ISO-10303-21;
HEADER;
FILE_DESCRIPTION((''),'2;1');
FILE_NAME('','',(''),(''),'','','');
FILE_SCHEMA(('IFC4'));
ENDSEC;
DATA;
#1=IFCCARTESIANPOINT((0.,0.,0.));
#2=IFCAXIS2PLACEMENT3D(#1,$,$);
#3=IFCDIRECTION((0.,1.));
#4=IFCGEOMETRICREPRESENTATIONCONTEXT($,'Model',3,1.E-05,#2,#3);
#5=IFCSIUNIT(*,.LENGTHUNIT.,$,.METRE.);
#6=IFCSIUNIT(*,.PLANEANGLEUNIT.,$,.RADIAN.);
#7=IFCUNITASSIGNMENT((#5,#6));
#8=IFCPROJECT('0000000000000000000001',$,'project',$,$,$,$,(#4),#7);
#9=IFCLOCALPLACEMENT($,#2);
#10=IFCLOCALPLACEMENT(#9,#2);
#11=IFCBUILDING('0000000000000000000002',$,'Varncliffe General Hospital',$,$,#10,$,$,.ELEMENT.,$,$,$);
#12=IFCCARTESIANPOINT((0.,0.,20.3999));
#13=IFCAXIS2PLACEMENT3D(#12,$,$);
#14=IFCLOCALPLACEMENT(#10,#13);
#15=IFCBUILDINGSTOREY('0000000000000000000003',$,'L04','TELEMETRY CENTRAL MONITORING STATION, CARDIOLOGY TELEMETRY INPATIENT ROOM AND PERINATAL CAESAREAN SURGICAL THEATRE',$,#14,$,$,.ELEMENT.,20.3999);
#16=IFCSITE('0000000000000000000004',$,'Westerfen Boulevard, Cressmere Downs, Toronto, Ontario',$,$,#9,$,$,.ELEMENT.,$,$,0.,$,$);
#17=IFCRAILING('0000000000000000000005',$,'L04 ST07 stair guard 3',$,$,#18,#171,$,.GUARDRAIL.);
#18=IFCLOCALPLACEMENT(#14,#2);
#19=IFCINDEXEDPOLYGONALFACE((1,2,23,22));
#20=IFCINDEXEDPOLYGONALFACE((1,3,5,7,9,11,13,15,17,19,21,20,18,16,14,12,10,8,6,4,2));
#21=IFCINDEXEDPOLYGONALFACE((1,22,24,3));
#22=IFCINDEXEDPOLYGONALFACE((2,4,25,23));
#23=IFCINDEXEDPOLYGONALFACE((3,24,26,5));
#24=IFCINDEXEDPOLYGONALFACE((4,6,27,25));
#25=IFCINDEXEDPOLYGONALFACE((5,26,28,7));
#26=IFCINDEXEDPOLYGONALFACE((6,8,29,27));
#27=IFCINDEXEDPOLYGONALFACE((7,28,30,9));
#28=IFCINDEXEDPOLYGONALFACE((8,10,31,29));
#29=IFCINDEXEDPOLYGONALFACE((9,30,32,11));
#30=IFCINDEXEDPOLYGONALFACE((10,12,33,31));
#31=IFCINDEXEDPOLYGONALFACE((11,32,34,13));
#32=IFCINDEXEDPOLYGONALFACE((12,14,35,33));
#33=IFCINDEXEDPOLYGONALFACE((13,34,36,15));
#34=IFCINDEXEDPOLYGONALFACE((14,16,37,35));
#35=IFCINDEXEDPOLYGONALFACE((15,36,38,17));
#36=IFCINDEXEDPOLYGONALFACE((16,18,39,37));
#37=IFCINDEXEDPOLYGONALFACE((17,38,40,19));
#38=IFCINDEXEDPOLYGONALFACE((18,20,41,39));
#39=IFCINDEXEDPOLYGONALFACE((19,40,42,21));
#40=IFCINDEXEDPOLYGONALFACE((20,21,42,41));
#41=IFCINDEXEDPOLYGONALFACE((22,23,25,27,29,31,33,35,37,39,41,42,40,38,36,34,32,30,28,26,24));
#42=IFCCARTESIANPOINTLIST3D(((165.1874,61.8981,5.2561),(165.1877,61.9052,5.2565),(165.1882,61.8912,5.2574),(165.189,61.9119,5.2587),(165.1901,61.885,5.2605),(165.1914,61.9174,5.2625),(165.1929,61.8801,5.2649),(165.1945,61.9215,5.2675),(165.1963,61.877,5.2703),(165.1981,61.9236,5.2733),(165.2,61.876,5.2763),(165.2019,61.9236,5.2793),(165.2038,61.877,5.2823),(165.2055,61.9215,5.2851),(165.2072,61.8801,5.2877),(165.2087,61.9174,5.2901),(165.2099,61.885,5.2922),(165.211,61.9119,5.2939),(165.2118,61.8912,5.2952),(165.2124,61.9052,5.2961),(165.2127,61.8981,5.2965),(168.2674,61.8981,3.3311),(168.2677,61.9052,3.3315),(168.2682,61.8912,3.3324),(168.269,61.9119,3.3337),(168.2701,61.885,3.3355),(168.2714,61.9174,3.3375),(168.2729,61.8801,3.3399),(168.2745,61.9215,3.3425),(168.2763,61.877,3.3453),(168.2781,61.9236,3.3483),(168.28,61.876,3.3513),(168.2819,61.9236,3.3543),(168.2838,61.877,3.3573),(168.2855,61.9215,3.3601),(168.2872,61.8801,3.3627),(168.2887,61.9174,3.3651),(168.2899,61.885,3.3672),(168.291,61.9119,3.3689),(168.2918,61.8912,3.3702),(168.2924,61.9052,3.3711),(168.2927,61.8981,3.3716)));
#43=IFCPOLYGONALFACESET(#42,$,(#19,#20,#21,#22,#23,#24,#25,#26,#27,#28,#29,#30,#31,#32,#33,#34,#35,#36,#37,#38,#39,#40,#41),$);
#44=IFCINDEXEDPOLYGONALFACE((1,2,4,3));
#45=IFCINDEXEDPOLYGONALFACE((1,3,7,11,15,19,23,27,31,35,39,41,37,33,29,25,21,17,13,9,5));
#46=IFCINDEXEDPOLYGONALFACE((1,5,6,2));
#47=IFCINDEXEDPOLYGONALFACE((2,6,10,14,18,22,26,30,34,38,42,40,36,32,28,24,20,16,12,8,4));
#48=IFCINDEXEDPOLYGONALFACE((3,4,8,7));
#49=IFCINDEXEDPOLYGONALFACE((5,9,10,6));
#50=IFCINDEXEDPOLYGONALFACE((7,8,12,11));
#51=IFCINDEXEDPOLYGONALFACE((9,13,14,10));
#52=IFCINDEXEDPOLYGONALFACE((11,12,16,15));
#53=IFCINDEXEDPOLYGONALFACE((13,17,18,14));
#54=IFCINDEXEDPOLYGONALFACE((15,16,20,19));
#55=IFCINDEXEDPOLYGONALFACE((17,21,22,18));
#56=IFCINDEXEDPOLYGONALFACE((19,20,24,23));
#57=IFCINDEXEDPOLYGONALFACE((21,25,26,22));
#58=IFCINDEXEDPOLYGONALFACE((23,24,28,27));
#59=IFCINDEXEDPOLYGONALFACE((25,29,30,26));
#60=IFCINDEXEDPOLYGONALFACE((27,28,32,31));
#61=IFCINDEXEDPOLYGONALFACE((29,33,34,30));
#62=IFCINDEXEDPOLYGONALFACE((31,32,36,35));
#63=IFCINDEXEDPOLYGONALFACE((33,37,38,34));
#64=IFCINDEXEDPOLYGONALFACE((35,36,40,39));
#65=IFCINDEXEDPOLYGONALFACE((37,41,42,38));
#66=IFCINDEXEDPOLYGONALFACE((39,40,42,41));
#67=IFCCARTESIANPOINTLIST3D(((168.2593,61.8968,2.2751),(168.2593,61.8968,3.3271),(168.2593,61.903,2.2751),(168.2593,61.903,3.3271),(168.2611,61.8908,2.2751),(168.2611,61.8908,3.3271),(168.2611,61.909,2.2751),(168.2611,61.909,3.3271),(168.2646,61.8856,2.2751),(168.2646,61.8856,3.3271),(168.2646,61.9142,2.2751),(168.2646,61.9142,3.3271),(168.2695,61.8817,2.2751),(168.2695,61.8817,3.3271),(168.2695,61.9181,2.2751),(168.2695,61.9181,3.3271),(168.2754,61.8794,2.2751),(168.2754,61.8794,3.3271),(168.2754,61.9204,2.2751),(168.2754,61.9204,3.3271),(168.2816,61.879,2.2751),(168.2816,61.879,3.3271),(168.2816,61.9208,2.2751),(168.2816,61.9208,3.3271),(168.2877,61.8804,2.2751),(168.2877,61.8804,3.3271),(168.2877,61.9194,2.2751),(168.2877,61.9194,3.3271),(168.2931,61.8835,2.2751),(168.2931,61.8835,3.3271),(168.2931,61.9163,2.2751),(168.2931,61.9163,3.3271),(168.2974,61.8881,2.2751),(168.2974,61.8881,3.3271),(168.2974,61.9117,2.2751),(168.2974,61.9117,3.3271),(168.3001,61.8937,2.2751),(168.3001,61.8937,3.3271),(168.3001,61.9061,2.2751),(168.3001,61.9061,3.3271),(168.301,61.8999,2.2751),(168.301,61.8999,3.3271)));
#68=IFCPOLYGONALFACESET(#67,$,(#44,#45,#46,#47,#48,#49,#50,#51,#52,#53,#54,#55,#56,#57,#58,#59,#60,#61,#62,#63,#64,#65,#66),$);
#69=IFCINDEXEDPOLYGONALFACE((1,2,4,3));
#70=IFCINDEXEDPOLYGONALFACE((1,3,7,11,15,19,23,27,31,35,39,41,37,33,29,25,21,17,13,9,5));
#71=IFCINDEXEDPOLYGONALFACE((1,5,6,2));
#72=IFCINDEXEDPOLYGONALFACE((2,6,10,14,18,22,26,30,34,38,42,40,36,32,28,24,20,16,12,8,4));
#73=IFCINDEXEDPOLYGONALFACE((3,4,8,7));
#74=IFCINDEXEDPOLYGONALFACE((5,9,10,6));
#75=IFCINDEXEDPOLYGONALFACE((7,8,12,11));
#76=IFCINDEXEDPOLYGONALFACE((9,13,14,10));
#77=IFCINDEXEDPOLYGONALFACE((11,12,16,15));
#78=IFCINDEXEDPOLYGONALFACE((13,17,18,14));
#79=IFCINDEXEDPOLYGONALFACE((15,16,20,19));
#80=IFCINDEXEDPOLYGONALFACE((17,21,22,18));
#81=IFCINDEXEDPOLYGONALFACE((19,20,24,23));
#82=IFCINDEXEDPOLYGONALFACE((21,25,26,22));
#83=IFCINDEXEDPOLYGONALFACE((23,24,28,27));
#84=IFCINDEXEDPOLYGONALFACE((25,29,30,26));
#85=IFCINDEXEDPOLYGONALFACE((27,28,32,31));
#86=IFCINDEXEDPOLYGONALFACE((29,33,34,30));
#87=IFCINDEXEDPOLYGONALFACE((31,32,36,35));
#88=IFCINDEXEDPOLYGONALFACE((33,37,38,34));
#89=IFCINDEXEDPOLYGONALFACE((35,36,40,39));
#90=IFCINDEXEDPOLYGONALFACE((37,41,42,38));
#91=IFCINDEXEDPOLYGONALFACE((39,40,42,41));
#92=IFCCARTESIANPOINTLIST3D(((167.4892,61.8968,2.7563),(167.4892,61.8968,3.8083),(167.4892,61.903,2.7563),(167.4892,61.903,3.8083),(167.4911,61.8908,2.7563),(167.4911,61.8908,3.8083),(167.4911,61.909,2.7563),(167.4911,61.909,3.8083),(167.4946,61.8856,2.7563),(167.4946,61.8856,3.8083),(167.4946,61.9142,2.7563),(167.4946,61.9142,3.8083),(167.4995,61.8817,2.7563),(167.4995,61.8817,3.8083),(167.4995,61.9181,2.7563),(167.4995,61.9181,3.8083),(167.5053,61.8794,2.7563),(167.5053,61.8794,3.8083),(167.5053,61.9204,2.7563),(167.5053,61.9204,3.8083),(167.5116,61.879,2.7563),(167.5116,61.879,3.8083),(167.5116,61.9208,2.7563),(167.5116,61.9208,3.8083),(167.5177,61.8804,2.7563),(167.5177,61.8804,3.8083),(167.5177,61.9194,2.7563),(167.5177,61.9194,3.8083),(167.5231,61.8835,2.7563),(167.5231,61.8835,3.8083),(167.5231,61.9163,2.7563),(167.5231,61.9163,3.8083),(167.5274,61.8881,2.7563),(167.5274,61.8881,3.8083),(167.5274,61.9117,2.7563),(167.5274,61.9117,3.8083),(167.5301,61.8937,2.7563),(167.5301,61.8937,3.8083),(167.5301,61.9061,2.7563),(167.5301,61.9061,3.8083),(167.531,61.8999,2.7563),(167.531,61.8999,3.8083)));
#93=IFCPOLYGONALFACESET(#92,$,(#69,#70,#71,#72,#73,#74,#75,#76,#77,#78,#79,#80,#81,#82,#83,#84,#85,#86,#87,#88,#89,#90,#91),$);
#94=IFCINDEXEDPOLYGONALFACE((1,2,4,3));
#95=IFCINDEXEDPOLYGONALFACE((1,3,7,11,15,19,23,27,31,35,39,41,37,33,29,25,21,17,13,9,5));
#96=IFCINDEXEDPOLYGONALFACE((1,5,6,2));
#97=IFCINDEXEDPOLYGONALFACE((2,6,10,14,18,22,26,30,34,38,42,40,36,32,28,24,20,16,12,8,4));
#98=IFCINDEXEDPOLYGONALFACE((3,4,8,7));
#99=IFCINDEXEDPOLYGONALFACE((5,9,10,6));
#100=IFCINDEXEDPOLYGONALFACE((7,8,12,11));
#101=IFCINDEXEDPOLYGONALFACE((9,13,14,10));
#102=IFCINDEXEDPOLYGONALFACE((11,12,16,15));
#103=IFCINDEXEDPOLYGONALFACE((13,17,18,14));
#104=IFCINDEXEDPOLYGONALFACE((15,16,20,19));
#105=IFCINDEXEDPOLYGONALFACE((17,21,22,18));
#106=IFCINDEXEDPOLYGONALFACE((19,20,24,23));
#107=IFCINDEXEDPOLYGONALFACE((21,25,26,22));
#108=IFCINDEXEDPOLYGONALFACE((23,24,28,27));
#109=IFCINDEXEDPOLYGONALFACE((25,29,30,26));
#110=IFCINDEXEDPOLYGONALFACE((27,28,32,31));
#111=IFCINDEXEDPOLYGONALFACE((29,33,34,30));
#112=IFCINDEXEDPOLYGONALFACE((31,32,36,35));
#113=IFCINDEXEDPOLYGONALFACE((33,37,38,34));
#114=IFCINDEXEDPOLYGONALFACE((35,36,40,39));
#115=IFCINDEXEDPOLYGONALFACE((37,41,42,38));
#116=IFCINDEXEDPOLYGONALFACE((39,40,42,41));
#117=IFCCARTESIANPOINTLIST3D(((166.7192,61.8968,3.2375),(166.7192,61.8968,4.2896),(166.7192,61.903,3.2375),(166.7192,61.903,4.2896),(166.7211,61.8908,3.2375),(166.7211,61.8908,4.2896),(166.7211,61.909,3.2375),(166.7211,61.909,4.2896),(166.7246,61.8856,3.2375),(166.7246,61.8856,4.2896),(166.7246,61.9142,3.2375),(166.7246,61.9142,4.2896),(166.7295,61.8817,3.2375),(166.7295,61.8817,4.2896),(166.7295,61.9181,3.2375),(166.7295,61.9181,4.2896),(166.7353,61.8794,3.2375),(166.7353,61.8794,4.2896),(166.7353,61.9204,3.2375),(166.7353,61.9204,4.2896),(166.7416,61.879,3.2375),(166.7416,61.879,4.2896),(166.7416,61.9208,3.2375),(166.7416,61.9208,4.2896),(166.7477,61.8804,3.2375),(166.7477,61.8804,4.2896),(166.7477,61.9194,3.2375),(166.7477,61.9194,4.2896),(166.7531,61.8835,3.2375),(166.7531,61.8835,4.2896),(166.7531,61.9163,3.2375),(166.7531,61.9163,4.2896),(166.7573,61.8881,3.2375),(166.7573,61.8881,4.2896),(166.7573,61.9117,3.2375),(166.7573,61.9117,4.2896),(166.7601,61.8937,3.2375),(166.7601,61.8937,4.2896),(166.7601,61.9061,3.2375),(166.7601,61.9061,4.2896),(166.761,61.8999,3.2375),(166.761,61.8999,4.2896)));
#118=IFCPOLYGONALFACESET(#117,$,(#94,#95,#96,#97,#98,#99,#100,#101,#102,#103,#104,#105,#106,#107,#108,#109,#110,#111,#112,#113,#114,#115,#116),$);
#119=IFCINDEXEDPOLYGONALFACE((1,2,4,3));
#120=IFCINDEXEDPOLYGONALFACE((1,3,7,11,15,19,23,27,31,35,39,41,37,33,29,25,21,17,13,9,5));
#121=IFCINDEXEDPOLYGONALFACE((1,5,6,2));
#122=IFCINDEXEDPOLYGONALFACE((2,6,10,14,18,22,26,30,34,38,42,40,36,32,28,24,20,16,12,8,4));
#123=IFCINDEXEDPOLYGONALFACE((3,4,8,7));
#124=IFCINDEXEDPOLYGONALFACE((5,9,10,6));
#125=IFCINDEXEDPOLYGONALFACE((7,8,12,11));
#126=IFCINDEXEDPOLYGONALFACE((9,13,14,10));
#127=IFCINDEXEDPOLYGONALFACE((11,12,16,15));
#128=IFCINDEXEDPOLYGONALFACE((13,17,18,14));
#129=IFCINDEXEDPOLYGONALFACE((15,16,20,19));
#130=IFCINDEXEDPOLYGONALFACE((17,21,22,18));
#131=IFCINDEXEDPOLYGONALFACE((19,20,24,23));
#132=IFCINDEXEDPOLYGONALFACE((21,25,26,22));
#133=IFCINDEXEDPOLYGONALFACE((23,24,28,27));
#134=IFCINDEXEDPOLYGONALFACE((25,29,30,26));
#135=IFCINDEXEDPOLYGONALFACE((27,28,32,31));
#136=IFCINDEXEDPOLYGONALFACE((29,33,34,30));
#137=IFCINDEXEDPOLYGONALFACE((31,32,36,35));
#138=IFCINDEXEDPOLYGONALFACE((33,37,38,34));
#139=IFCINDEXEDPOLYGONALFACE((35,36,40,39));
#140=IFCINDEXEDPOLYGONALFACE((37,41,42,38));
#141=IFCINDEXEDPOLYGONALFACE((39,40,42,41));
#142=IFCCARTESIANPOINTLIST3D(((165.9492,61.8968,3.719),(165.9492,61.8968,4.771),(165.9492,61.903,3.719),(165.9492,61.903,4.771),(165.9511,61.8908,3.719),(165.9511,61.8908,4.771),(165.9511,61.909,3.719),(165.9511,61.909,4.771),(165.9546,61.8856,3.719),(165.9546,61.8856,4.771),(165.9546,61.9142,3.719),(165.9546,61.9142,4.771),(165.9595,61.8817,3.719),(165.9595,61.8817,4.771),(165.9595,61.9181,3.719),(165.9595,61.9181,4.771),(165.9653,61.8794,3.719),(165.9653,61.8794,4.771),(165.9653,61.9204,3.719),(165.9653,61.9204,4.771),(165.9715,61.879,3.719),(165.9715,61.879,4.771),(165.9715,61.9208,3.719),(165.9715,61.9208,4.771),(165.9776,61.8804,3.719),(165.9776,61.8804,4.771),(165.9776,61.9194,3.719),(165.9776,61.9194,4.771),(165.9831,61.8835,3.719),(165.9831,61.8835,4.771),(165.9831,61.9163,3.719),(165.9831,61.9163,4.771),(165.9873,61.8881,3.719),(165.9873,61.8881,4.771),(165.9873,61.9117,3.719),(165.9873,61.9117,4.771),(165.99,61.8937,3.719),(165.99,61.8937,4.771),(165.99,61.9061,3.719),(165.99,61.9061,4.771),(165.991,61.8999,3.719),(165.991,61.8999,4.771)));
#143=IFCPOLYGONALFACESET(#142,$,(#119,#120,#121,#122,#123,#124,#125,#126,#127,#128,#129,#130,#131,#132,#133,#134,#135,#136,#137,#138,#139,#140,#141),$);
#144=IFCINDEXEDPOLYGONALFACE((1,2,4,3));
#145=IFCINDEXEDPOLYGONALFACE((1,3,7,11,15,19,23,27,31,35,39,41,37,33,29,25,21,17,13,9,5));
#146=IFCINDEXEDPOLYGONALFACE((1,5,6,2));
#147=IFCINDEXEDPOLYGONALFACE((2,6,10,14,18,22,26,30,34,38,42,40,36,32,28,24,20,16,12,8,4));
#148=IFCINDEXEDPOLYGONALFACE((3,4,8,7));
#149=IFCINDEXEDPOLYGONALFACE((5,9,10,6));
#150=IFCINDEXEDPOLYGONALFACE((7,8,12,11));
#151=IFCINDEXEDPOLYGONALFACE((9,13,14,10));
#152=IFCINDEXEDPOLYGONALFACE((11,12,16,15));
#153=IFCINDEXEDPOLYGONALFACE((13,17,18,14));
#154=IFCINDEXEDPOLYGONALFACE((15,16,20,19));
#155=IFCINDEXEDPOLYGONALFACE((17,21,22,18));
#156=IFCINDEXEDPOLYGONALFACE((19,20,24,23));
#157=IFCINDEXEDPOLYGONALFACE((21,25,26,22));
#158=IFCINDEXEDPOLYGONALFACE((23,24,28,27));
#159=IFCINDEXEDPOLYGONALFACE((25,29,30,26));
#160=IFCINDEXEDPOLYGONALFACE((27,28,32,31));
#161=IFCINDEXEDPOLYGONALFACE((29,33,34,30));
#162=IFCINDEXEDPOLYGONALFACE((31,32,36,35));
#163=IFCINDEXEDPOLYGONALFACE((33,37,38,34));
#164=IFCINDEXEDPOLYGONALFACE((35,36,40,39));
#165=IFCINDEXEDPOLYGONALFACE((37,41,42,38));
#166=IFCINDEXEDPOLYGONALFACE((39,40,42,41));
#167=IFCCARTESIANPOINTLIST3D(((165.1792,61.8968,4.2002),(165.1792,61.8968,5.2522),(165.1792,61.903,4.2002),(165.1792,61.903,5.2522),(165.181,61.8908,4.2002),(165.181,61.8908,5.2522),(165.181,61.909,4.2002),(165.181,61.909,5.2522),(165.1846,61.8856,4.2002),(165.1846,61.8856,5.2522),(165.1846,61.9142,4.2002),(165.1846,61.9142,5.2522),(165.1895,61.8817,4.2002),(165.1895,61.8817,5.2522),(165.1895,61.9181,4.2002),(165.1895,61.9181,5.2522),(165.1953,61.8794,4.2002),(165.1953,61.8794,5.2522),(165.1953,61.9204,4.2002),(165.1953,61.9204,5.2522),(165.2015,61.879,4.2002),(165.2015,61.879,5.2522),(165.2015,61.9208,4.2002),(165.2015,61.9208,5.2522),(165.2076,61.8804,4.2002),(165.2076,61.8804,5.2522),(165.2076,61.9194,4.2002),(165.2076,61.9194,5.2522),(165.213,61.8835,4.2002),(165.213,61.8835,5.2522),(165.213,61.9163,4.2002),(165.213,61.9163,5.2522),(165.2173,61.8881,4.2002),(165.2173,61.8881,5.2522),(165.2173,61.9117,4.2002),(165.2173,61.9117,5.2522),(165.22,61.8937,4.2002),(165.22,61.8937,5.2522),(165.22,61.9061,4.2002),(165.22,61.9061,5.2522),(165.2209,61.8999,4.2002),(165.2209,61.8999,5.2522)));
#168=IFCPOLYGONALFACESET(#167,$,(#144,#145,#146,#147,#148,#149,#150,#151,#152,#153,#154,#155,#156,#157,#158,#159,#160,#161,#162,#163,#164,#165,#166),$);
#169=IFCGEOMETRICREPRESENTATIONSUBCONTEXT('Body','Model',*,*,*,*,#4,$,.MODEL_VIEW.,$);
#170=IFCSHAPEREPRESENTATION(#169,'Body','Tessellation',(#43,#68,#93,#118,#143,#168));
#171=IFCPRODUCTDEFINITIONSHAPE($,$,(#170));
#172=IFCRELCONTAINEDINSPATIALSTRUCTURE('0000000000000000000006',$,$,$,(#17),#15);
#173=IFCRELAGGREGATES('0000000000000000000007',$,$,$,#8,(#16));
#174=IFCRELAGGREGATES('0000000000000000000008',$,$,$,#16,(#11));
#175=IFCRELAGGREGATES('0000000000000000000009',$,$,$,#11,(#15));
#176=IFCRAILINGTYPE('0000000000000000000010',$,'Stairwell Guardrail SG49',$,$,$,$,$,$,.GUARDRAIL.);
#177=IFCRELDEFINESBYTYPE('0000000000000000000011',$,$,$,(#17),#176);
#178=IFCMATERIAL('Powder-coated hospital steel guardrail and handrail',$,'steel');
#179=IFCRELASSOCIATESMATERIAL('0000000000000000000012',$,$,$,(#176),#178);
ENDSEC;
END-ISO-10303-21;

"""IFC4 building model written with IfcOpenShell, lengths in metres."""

from ifc_helpers import new_model, si_unit, direction, frame, origin, origin_2d, place, context, subcontext, project, spatial, circle, extrude, material, type_object, element, save


model = new_model("IFC4")

# Units and contexts
model_context = context("Model", 3, precision=1e-05, world=origin(), true_north=direction((0.0, 1.0)))
body_context = subcontext(model_context, "Body", "Model", "MODEL_VIEW")
ifc_project = project(units=[si_unit("LENGTHUNIT", "METRE"), si_unit("PLANEANGLEUNIT", "RADIAN")], contexts=[model_context])

# Site, building, storey
site_placement = place(None, origin())
site = spatial("IfcSite", under=ifc_project, at=site_placement, Name="Westerfen Boulevard, Cressmere Downs, Toronto, Ontario", CompositionType="ELEMENT", RefElevation=0.0)
building_placement = place(site_placement, origin())
building = spatial("IfcBuilding", under=site, at=building_placement, Name="Varncliffe General Hospital", CompositionType="ELEMENT")
storey_placement = place(building_placement, frame((0.0, 0.0, 20.3999)))
storey = spatial("IfcBuildingStorey", under=building, at=storey_placement, Name="L04", Description="TELEMETRY CENTRAL MONITORING STATION, CARDIOLOGY TELEMETRY INPATIENT ROOM AND PERINATAL CAESAREAN SURGICAL THEATRE", CompositionType="ELEMENT", Elevation=20.3999)

# Railing
ifc_material_1 = material(Name="Powder-coated hospital steel guardrail and handrail", Category="steel")
railing_type_1 = type_object("IfcRailingType", Name="Stairwell Guardrail SG49", PredefinedType="GUARDRAIL", material=ifc_material_1)
railing_1_placement = place(storey_placement, frame((168.28, 61.8999, 2.2751)))
element("IfcRailing", 1, at=railing_1_placement, inside=storey, type_object=railing_type_1, Name="L04 ST07 stair guard 3", PredefinedType="GUARDRAIL", context=body_context, shape_type="SweptSolid", body=[
    extrude(circle(Radius=0.0239, at=origin_2d()), frame((0.0, 0.0, 1.0762), z_axis=(-0.847998, 0.0, 0.529999), x_axis=(0.0, -1.0, 0.0)), (0.0, 0.0, 1.0), 3.6321),
    extrude(circle(Radius=0.021, at=origin_2d()), origin(), (0.0, 0.0, 1.0), 1.052),
    extrude(circle(Radius=0.021, at=origin_2d()), frame((-0.77, 0.0, 0.4812)), (0.0, 0.0, 1.0), 1.052),
    extrude(circle(Radius=0.021, at=origin_2d()), frame((-1.54, 0.0, 0.9624)), (0.0, 0.0, 1.0), 1.052),
    extrude(circle(Radius=0.021, at=origin_2d()), frame((-2.3101, 0.0, 1.4438)), (0.0, 0.0, 1.0), 1.052),
    extrude(circle(Radius=0.021, at=origin_2d()), frame((-3.0801, 0.0, 1.925)), (0.0, 0.0, 1.0), 1.052),
])

save(model, "model.ifc")
